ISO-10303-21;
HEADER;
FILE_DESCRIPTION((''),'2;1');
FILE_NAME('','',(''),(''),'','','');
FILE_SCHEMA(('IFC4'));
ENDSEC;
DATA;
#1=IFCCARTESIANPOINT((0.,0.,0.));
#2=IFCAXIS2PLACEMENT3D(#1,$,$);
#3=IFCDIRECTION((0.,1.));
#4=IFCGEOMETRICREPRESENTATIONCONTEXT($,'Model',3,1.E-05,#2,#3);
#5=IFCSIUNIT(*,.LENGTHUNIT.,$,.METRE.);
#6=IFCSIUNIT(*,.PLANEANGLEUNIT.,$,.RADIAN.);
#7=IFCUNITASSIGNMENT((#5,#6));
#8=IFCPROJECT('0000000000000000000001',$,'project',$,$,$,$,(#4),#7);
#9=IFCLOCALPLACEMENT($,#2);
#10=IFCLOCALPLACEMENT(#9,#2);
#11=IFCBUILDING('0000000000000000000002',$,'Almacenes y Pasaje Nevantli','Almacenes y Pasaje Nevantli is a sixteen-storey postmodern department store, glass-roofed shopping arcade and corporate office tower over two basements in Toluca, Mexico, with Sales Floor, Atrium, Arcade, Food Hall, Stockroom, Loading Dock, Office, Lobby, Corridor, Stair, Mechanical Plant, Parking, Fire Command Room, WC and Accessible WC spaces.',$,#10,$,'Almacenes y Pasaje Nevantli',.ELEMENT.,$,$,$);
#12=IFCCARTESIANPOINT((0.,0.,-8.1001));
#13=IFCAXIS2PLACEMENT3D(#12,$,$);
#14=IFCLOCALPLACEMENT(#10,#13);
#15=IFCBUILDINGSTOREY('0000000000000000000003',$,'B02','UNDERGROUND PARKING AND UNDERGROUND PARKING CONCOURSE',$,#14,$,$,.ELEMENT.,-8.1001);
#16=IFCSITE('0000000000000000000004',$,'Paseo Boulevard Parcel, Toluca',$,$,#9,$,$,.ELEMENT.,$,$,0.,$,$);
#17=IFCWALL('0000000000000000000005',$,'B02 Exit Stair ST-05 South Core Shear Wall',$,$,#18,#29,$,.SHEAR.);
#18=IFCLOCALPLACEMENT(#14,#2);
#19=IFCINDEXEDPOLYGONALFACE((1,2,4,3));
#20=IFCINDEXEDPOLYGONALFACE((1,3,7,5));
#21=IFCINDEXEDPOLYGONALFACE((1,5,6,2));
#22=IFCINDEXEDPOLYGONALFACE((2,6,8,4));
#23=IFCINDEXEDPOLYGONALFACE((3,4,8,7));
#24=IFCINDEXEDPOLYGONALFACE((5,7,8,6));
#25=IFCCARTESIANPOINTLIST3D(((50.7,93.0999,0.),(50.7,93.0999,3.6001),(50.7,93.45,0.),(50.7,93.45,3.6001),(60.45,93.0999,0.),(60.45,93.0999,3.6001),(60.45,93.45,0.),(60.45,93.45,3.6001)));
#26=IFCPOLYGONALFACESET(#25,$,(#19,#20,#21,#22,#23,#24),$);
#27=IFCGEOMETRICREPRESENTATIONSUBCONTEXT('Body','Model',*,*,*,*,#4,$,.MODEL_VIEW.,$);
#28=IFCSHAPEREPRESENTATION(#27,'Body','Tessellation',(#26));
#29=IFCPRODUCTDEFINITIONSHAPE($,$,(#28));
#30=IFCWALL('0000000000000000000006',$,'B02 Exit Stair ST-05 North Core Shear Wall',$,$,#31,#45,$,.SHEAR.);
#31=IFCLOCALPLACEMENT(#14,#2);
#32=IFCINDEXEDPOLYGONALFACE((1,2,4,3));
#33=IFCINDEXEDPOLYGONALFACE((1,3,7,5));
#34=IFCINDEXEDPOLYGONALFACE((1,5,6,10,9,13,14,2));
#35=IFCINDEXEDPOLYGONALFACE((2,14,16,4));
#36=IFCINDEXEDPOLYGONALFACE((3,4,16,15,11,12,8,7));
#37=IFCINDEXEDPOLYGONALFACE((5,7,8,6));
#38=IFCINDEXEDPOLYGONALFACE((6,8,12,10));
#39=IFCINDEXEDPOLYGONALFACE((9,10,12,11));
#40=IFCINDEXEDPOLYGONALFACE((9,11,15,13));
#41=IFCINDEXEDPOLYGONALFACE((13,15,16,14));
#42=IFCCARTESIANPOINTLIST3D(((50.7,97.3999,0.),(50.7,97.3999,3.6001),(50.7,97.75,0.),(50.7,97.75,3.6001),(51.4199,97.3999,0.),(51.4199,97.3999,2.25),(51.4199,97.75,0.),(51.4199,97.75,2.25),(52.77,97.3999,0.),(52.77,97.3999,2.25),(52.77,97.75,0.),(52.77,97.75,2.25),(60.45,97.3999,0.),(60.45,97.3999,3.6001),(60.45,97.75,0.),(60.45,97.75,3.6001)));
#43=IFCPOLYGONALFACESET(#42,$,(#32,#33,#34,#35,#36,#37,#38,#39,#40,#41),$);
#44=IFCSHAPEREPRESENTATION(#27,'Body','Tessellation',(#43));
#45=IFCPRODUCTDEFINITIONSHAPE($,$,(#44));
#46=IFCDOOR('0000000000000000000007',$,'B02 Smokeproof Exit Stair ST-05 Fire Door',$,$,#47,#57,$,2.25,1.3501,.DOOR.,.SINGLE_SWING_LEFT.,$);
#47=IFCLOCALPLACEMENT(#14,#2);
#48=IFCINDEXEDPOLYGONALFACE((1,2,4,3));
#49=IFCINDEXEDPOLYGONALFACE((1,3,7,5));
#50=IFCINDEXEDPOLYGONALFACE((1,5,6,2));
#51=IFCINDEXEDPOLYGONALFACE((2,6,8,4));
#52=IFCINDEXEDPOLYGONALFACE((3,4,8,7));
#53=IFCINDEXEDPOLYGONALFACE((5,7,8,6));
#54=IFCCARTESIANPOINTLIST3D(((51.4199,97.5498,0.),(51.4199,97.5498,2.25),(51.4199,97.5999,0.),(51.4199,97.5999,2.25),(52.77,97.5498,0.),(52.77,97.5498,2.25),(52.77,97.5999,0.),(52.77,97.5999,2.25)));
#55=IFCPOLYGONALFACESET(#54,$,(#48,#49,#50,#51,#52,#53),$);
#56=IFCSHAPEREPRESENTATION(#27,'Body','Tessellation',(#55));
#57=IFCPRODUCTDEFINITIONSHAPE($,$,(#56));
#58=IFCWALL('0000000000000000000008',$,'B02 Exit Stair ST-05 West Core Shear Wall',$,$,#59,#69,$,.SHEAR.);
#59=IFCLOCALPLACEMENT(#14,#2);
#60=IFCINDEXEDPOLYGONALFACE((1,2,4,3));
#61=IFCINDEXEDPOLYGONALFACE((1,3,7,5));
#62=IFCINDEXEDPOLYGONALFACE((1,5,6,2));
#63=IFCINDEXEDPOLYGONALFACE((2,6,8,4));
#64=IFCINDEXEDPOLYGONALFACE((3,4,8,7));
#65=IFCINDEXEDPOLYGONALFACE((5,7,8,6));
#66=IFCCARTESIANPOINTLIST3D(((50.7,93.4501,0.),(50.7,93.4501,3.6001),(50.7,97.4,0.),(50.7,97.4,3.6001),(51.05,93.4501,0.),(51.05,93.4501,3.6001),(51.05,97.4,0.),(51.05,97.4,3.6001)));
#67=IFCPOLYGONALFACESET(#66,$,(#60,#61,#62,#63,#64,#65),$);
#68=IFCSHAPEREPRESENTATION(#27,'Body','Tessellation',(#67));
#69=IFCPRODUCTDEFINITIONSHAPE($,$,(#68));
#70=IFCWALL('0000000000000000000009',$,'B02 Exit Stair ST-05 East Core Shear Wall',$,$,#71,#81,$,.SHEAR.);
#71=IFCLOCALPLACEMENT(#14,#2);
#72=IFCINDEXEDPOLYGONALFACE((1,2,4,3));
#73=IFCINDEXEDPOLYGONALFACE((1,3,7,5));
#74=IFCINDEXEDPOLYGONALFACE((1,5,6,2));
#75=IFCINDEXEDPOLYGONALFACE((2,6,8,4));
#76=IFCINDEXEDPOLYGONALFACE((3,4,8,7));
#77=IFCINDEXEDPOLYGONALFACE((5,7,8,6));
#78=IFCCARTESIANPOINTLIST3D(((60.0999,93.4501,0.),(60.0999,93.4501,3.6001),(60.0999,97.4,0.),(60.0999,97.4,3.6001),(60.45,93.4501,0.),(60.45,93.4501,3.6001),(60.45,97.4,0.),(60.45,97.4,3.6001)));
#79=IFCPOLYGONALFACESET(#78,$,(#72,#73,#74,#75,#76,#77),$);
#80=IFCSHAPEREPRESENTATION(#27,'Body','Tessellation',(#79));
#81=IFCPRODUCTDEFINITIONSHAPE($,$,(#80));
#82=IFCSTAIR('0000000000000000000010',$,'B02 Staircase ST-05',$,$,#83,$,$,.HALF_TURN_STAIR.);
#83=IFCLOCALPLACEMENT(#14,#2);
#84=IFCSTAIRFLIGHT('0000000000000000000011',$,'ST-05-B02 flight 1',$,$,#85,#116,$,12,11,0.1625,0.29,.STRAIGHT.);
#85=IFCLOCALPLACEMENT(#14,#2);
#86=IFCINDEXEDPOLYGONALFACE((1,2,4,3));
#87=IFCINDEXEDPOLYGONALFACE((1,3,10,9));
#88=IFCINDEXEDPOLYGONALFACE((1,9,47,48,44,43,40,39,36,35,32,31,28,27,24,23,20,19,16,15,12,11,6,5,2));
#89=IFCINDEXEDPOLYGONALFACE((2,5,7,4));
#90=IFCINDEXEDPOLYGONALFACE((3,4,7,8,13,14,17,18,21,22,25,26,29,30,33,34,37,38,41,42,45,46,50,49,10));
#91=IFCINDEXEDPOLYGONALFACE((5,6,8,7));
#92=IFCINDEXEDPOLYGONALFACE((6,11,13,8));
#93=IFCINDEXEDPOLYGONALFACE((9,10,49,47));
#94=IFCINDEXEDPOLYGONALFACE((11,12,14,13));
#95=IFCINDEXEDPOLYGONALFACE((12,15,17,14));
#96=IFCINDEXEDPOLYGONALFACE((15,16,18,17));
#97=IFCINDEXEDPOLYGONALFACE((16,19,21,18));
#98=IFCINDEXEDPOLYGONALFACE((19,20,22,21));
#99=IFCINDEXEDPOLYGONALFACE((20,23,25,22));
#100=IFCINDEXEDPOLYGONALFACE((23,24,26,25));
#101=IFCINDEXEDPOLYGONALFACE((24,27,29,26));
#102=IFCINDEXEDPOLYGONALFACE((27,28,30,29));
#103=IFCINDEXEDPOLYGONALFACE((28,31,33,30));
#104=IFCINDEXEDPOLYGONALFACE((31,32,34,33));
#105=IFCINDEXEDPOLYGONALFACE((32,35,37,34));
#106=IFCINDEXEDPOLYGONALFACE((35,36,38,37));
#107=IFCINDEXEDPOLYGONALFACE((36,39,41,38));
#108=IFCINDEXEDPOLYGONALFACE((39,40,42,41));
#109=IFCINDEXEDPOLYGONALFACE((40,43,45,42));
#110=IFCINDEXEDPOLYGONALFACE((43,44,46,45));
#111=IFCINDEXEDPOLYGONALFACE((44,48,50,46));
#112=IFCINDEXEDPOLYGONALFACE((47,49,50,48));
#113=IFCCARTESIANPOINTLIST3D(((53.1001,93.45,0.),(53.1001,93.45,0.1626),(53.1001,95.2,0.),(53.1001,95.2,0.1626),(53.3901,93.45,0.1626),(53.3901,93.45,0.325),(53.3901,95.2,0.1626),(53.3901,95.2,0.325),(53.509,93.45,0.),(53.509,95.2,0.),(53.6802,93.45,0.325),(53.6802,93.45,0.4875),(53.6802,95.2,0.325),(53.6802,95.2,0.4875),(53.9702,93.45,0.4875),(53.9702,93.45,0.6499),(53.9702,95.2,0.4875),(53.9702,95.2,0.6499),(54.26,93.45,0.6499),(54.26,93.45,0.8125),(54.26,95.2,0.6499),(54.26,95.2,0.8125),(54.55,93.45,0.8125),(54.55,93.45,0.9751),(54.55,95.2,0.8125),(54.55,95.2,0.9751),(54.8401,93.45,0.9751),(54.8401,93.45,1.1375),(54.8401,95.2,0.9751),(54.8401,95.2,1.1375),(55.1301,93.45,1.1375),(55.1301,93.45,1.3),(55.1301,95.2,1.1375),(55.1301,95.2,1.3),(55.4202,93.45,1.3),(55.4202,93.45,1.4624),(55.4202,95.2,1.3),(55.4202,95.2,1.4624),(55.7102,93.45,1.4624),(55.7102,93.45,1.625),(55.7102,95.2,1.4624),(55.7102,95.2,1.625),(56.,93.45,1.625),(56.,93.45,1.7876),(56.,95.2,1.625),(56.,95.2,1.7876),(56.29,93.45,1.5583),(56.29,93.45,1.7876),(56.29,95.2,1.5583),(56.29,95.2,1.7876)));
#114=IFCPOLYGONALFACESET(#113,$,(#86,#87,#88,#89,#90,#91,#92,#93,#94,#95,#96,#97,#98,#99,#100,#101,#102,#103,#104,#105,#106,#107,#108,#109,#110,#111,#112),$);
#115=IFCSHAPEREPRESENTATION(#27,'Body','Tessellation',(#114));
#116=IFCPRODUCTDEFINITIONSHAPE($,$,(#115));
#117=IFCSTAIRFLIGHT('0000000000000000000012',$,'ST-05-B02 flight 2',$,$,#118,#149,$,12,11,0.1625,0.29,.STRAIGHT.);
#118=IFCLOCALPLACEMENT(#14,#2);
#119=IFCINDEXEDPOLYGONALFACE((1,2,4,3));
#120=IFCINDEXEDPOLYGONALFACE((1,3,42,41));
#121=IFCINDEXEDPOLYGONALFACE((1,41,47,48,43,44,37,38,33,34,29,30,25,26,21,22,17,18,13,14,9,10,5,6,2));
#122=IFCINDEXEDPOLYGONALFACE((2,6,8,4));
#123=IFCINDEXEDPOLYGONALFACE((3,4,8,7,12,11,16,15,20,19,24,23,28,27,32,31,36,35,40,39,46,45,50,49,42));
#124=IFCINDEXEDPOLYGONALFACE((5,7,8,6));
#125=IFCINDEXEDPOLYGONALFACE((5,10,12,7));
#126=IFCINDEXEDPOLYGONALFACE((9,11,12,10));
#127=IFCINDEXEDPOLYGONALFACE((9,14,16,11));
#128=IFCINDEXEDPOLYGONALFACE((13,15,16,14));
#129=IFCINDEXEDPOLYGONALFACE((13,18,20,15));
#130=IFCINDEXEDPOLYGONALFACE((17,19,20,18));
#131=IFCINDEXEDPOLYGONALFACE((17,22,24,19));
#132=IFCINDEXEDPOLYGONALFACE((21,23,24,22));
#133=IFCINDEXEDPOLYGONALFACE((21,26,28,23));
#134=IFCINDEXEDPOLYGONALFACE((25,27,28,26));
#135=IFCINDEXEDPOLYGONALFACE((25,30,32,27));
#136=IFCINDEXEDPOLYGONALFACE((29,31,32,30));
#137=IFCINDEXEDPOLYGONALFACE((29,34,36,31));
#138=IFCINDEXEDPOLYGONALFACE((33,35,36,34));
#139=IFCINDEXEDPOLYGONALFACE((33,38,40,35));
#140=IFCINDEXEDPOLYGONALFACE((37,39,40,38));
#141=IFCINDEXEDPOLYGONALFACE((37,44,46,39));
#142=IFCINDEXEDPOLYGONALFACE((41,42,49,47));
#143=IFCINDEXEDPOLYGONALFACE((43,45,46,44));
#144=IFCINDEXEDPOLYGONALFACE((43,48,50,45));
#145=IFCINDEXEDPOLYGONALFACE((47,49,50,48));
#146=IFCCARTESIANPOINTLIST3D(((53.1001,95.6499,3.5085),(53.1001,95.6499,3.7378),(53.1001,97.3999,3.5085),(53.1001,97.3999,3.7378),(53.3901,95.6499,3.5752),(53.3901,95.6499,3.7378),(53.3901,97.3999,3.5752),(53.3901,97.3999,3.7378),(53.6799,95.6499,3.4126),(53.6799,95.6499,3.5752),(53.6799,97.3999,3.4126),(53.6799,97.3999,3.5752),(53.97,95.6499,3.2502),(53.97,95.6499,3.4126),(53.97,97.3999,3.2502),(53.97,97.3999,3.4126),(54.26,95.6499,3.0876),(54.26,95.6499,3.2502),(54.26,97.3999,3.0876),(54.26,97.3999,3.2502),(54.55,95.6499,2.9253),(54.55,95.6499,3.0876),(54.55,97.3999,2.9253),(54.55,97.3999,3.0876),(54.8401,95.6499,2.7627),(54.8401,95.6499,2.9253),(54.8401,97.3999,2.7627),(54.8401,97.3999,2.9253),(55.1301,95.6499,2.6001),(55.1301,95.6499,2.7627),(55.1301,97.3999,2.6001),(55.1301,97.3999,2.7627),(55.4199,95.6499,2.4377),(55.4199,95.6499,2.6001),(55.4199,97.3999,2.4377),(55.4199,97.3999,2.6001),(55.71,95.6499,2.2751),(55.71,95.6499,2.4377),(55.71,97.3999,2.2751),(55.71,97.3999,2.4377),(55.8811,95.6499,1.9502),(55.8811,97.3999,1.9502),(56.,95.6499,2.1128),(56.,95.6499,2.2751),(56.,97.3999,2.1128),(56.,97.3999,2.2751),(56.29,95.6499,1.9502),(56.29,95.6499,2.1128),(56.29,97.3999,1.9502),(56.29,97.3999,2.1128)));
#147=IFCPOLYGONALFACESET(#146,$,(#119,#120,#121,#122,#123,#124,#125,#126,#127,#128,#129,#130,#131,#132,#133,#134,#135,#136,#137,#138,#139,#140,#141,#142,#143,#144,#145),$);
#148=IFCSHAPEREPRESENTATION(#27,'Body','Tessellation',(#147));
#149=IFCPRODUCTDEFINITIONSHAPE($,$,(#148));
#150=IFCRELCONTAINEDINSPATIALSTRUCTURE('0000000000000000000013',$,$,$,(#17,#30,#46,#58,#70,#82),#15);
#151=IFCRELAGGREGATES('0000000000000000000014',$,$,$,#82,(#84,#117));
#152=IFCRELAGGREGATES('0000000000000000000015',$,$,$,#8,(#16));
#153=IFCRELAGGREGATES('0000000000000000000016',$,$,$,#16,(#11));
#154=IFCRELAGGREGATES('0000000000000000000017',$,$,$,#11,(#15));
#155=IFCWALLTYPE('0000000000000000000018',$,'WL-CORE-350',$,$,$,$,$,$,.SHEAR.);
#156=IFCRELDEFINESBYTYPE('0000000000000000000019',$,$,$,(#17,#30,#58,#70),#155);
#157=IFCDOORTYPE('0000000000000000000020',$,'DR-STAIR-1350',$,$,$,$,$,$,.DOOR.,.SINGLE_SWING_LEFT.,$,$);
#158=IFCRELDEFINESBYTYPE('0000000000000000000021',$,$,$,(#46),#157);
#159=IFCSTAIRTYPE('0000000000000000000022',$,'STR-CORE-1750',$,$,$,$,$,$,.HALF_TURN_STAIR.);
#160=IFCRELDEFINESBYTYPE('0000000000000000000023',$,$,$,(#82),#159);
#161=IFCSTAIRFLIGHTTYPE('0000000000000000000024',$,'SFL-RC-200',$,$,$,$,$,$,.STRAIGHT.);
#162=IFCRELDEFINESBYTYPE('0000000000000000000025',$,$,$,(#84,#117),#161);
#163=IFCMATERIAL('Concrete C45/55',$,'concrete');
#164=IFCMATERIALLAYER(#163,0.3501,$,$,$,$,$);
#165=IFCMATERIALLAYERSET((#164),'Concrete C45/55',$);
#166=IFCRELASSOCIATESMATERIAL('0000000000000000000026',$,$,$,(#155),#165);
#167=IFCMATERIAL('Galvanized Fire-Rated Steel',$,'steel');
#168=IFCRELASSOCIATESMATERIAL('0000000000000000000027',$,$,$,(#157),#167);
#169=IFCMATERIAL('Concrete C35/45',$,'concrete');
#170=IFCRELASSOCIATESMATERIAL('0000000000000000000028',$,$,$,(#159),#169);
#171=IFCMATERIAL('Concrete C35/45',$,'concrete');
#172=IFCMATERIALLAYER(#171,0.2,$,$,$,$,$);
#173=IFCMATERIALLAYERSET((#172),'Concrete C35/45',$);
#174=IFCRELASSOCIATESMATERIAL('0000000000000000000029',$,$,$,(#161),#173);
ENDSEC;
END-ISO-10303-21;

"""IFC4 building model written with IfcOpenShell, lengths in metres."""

from ifc_helpers import new_model, si_unit, direction, frame, frame_2d, origin, place, context, subcontext, project, spatial, polyline, rectangle, outline, extrude, material, layer, layer_set, type_object, element, fill, aggregate, save


model = new_model("IFC4")

# Units and contexts
model_context = context("Model", 3, precision=1e-05, world=origin(), true_north=direction((0.0, 1.0)))
body_context = subcontext(model_context, "Body", "Model", "MODEL_VIEW")
ifc_project = project(units=[si_unit("LENGTHUNIT", "METRE"), si_unit("PLANEANGLEUNIT", "RADIAN")], contexts=[model_context])

# Site, building, storey
site_placement = place(None, origin())
site = spatial("IfcSite", under=ifc_project, at=site_placement, Name="Paseo Boulevard Parcel, Toluca", CompositionType="ELEMENT", RefElevation=0.0)
building_placement = place(site_placement, origin())
building = spatial("IfcBuilding", under=site, at=building_placement, Name="Almacenes y Pasaje Nevantli", Description="Almacenes y Pasaje Nevantli is a sixteen-storey postmodern department store, glass-roofed shopping arcade and corporate office tower over two basements in Toluca, Mexico, with Sales Floor, Atrium, Arcade, Food Hall, Stockroom, Loading Dock, Office, Lobby, Corridor, Stair, Mechanical Plant, Parking, Fire Command Room, WC and Accessible WC spaces.", LongName="Almacenes y Pasaje Nevantli", CompositionType="ELEMENT")
storey_placement = place(building_placement, frame((0.0, 0.0, -8.1001)))
storey = spatial("IfcBuildingStorey", under=building, at=storey_placement, Name="B02", Description="UNDERGROUND PARKING AND UNDERGROUND PARKING CONCOURSE", CompositionType="ELEMENT", Elevation=-8.1001)

# Wall
ifc_material_1 = material(Name="Concrete C45/55", Category="concrete")
ifc_layer_1 = layer(ifc_material_1, 0.3501)
ifc_layer_set_1 = layer_set([ifc_layer_1], Name="Concrete C45/55")
wall_type_1 = type_object("IfcWallType", Name="WL-CORE-350", PredefinedType="SHEAR", material=ifc_layer_set_1)
wall_1_placement = place(storey_placement, frame((50.7, 93.2749, 0.0), z_axis=(0.0, 0.0, 1.0), x_axis=(1.0, 0.0, 0.0)))
element("IfcWall", 1, at=wall_1_placement, inside=storey, type_object=wall_type_1, Name="B02 Exit Stair ST-05 South Core Shear Wall", PredefinedType="SHEAR", context=body_context, shape_type="SweptSolid", body=[
    extrude(rectangle(XDim=9.75, YDim=0.3501, at=frame_2d((4.875, 0.0))), origin(), (0.0, 0.0, 1.0), 3.6001),
])

# Wall, opening, door
wall_2_placement = place(storey_placement, frame((50.7, 97.575, 0.0), z_axis=(0.0, 0.0, 1.0), x_axis=(1.0, 0.0, 0.0)))
wall_2 = element("IfcWall", 2, at=wall_2_placement, inside=storey, type_object=wall_type_1, Name="B02 Exit Stair ST-05 North Core Shear Wall", PredefinedType="SHEAR", context=body_context, shape_type="SweptSolid", body=[
    extrude(rectangle(XDim=9.75, YDim=0.3501, at=frame_2d((4.875, 0.0))), origin(), (0.0, 0.0, 1.0), 3.6001),
])
opening_placement = place(wall_2_placement, frame((0.72, 0.0, 0.0)))
opening = element("IfcOpeningElement", 3, at=opening_placement, cuts=wall_2, PredefinedType="OPENING", context=body_context, shape_type="SweptSolid", body=[
    extrude(rectangle(XDim=1.3501, YDim=2.25, at=frame_2d((0.675, 1.125))), frame((0.0, 0.1851, 0.0), z_axis=(0.0, -1.0, 0.0), x_axis=(1.0, 0.0, 0.0)), (0.0, 0.0, 1.0), 0.3701),
])
ifc_material_2 = material(Name="Galvanized Fire-Rated Steel", Category="steel")
door_type = type_object("IfcDoorType", Name="DR-STAIR-1350", OperationType="SINGLE_SWING_LEFT", PredefinedType="DOOR", material=ifc_material_2)
door_placement = place(opening_placement, origin())
door = element("IfcDoor", 4, at=door_placement, inside=storey, type_object=door_type, Name="B02 Smokeproof Exit Stair ST-05 Fire Door", OperationType="SINGLE_SWING_LEFT", OverallHeight=2.25, OverallWidth=1.3501, PredefinedType="DOOR", context=body_context, shape_type="SweptSolid", body=[
    extrude(rectangle(XDim=1.3501, YDim=2.25, at=frame_2d((0.675, 1.125))), frame((0.0, 0.0249, 0.0), z_axis=(0.0, -1.0, 0.0), x_axis=(1.0, 0.0, 0.0)), (0.0, 0.0, 1.0), 0.05),
])
fill(opening, door)

# Walls
for number, where, z_axis, x_axis, name in (
    (5, (50.875, 93.45, 0.0), (0.0, 0.0, 1.0), (0.0, 1.0, 0.0), "B02 Exit Stair ST-05 West Core Shear Wall"),
    (6, (60.2749, 93.45, 0.0), (0.0, 0.0, 1.0), (0.0, 1.0, 0.0), "B02 Exit Stair ST-05 East Core Shear Wall"),
):
    element("IfcWall", number, at=place(storey_placement, frame(where, z_axis=z_axis, x_axis=x_axis)), inside=storey, type_object=wall_type_1, Name=name, PredefinedType="SHEAR", context=body_context, shape_type="SweptSolid", body=[
        extrude(rectangle(XDim=3.95, YDim=0.3501, at=frame_2d((1.9751, 0.0))), origin(), (0.0, 0.0, 1.0), 3.6001),
    ])

# Stair, stair flights
ifc_material_3 = material(Name="Concrete C35/45", Category="concrete")
stair_type = type_object("IfcStairType", Name="STR-CORE-1750", PredefinedType="HALF_TURN_STAIR", material=ifc_material_3)
stair_placement = place(storey_placement, origin())
stair = element("IfcStair", 7, at=stair_placement, inside=storey, type_object=stair_type, Name="B02 Staircase ST-05", PredefinedType="HALF_TURN_STAIR")
ifc_material_4 = material(Name="Concrete C35/45", Category="concrete")
ifc_layer_2 = layer(ifc_material_4, 0.2)
ifc_layer_set_2 = layer_set([ifc_layer_2], Name="Concrete C35/45")
stair_flight_type = type_object("IfcStairFlightType", Name="SFL-RC-200", PredefinedType="STRAIGHT", material=ifc_layer_set_2)
stair_flight_1_placement = place(storey_placement, frame((53.1001, 94.325, 0.0), z_axis=(0.0, 0.0, 1.0), x_axis=(1.0, 0.0, 0.0)))
stair_flight_1 = element("IfcStairFlight", 8, at=stair_flight_1_placement, type_object=stair_flight_type, Name="ST-05-B02 flight 1", NumberOfRisers=12, NumberOfTreads=11, PredefinedType="STRAIGHT", RiserHeight=0.1625, TreadLength=0.29, context=body_context, shape_type="SweptSolid", body=[
    extrude(outline(polyline([(0.0, 0.0), (0.0, 0.1626), (0.29, 0.1626), (0.29, 0.325), (0.5801, 0.325), (0.5801, 0.4875), (0.8701, 0.4875), (0.8701, 0.6499), (1.1599, 0.6499), (1.1599, 0.8125), (1.45, 0.8125), (1.45, 0.9751), (1.74, 0.9751), (1.74, 1.1375), (2.03, 1.1375), (2.03, 1.3), (2.3201, 1.3), (2.3201, 1.4624), (2.6101, 1.4624), (2.6101, 1.625), (2.8999, 1.625), (2.8999, 1.7876), (3.1899, 1.7876), (3.1899, 1.95), (3.1899, 1.5583), (0.4089, 0.0), (0.0, 0.0)])), frame((0.0, 0.875, 0.0), z_axis=(0.0, -1.0, 0.0), x_axis=(1.0, 0.0, 0.0)), (0.0, 0.0, 1.0), 1.75),
])
stair_flight_2_placement = place(storey_placement, frame((56.29, 96.5249, 1.9502), z_axis=(0.0, 0.0, 1.0), x_axis=(-1.0, 0.0, 0.0)))
stair_flight_2 = element("IfcStairFlight", 9, at=stair_flight_2_placement, type_object=stair_flight_type, Name="ST-05-B02 flight 2", NumberOfRisers=12, NumberOfTreads=11, PredefinedType="STRAIGHT", RiserHeight=0.1625, TreadLength=0.29, context=body_context, shape_type="SweptSolid", body=[
    extrude(outline(polyline([(0.0, 0.0), (0.0, 0.1626), (0.29, 0.1626), (0.29, 0.325), (0.5801, 0.325), (0.5801, 0.4875), (0.8701, 0.4875), (0.8701, 0.6499), (1.1599, 0.6499), (1.1599, 0.8125), (1.45, 0.8125), (1.45, 0.9751), (1.74, 0.9751), (1.74, 1.1375), (2.03, 1.1375), (2.03, 1.3), (2.3201, 1.3), (2.3201, 1.4624), (2.6101, 1.4624), (2.6101, 1.625), (2.8999, 1.625), (2.8999, 1.7876), (3.1899, 1.7876), (3.1899, 1.95), (3.1899, 1.5583), (0.4089, 0.0), (0.0, 0.0)])), frame((0.0, 0.875, 0.0), z_axis=(0.0, -1.0, 0.0), x_axis=(1.0, 0.0, 0.0)), (0.0, 0.0, 1.0), 1.75),
])
aggregate(stair, [stair_flight_1, stair_flight_2])

save(model, "model.ifc")
